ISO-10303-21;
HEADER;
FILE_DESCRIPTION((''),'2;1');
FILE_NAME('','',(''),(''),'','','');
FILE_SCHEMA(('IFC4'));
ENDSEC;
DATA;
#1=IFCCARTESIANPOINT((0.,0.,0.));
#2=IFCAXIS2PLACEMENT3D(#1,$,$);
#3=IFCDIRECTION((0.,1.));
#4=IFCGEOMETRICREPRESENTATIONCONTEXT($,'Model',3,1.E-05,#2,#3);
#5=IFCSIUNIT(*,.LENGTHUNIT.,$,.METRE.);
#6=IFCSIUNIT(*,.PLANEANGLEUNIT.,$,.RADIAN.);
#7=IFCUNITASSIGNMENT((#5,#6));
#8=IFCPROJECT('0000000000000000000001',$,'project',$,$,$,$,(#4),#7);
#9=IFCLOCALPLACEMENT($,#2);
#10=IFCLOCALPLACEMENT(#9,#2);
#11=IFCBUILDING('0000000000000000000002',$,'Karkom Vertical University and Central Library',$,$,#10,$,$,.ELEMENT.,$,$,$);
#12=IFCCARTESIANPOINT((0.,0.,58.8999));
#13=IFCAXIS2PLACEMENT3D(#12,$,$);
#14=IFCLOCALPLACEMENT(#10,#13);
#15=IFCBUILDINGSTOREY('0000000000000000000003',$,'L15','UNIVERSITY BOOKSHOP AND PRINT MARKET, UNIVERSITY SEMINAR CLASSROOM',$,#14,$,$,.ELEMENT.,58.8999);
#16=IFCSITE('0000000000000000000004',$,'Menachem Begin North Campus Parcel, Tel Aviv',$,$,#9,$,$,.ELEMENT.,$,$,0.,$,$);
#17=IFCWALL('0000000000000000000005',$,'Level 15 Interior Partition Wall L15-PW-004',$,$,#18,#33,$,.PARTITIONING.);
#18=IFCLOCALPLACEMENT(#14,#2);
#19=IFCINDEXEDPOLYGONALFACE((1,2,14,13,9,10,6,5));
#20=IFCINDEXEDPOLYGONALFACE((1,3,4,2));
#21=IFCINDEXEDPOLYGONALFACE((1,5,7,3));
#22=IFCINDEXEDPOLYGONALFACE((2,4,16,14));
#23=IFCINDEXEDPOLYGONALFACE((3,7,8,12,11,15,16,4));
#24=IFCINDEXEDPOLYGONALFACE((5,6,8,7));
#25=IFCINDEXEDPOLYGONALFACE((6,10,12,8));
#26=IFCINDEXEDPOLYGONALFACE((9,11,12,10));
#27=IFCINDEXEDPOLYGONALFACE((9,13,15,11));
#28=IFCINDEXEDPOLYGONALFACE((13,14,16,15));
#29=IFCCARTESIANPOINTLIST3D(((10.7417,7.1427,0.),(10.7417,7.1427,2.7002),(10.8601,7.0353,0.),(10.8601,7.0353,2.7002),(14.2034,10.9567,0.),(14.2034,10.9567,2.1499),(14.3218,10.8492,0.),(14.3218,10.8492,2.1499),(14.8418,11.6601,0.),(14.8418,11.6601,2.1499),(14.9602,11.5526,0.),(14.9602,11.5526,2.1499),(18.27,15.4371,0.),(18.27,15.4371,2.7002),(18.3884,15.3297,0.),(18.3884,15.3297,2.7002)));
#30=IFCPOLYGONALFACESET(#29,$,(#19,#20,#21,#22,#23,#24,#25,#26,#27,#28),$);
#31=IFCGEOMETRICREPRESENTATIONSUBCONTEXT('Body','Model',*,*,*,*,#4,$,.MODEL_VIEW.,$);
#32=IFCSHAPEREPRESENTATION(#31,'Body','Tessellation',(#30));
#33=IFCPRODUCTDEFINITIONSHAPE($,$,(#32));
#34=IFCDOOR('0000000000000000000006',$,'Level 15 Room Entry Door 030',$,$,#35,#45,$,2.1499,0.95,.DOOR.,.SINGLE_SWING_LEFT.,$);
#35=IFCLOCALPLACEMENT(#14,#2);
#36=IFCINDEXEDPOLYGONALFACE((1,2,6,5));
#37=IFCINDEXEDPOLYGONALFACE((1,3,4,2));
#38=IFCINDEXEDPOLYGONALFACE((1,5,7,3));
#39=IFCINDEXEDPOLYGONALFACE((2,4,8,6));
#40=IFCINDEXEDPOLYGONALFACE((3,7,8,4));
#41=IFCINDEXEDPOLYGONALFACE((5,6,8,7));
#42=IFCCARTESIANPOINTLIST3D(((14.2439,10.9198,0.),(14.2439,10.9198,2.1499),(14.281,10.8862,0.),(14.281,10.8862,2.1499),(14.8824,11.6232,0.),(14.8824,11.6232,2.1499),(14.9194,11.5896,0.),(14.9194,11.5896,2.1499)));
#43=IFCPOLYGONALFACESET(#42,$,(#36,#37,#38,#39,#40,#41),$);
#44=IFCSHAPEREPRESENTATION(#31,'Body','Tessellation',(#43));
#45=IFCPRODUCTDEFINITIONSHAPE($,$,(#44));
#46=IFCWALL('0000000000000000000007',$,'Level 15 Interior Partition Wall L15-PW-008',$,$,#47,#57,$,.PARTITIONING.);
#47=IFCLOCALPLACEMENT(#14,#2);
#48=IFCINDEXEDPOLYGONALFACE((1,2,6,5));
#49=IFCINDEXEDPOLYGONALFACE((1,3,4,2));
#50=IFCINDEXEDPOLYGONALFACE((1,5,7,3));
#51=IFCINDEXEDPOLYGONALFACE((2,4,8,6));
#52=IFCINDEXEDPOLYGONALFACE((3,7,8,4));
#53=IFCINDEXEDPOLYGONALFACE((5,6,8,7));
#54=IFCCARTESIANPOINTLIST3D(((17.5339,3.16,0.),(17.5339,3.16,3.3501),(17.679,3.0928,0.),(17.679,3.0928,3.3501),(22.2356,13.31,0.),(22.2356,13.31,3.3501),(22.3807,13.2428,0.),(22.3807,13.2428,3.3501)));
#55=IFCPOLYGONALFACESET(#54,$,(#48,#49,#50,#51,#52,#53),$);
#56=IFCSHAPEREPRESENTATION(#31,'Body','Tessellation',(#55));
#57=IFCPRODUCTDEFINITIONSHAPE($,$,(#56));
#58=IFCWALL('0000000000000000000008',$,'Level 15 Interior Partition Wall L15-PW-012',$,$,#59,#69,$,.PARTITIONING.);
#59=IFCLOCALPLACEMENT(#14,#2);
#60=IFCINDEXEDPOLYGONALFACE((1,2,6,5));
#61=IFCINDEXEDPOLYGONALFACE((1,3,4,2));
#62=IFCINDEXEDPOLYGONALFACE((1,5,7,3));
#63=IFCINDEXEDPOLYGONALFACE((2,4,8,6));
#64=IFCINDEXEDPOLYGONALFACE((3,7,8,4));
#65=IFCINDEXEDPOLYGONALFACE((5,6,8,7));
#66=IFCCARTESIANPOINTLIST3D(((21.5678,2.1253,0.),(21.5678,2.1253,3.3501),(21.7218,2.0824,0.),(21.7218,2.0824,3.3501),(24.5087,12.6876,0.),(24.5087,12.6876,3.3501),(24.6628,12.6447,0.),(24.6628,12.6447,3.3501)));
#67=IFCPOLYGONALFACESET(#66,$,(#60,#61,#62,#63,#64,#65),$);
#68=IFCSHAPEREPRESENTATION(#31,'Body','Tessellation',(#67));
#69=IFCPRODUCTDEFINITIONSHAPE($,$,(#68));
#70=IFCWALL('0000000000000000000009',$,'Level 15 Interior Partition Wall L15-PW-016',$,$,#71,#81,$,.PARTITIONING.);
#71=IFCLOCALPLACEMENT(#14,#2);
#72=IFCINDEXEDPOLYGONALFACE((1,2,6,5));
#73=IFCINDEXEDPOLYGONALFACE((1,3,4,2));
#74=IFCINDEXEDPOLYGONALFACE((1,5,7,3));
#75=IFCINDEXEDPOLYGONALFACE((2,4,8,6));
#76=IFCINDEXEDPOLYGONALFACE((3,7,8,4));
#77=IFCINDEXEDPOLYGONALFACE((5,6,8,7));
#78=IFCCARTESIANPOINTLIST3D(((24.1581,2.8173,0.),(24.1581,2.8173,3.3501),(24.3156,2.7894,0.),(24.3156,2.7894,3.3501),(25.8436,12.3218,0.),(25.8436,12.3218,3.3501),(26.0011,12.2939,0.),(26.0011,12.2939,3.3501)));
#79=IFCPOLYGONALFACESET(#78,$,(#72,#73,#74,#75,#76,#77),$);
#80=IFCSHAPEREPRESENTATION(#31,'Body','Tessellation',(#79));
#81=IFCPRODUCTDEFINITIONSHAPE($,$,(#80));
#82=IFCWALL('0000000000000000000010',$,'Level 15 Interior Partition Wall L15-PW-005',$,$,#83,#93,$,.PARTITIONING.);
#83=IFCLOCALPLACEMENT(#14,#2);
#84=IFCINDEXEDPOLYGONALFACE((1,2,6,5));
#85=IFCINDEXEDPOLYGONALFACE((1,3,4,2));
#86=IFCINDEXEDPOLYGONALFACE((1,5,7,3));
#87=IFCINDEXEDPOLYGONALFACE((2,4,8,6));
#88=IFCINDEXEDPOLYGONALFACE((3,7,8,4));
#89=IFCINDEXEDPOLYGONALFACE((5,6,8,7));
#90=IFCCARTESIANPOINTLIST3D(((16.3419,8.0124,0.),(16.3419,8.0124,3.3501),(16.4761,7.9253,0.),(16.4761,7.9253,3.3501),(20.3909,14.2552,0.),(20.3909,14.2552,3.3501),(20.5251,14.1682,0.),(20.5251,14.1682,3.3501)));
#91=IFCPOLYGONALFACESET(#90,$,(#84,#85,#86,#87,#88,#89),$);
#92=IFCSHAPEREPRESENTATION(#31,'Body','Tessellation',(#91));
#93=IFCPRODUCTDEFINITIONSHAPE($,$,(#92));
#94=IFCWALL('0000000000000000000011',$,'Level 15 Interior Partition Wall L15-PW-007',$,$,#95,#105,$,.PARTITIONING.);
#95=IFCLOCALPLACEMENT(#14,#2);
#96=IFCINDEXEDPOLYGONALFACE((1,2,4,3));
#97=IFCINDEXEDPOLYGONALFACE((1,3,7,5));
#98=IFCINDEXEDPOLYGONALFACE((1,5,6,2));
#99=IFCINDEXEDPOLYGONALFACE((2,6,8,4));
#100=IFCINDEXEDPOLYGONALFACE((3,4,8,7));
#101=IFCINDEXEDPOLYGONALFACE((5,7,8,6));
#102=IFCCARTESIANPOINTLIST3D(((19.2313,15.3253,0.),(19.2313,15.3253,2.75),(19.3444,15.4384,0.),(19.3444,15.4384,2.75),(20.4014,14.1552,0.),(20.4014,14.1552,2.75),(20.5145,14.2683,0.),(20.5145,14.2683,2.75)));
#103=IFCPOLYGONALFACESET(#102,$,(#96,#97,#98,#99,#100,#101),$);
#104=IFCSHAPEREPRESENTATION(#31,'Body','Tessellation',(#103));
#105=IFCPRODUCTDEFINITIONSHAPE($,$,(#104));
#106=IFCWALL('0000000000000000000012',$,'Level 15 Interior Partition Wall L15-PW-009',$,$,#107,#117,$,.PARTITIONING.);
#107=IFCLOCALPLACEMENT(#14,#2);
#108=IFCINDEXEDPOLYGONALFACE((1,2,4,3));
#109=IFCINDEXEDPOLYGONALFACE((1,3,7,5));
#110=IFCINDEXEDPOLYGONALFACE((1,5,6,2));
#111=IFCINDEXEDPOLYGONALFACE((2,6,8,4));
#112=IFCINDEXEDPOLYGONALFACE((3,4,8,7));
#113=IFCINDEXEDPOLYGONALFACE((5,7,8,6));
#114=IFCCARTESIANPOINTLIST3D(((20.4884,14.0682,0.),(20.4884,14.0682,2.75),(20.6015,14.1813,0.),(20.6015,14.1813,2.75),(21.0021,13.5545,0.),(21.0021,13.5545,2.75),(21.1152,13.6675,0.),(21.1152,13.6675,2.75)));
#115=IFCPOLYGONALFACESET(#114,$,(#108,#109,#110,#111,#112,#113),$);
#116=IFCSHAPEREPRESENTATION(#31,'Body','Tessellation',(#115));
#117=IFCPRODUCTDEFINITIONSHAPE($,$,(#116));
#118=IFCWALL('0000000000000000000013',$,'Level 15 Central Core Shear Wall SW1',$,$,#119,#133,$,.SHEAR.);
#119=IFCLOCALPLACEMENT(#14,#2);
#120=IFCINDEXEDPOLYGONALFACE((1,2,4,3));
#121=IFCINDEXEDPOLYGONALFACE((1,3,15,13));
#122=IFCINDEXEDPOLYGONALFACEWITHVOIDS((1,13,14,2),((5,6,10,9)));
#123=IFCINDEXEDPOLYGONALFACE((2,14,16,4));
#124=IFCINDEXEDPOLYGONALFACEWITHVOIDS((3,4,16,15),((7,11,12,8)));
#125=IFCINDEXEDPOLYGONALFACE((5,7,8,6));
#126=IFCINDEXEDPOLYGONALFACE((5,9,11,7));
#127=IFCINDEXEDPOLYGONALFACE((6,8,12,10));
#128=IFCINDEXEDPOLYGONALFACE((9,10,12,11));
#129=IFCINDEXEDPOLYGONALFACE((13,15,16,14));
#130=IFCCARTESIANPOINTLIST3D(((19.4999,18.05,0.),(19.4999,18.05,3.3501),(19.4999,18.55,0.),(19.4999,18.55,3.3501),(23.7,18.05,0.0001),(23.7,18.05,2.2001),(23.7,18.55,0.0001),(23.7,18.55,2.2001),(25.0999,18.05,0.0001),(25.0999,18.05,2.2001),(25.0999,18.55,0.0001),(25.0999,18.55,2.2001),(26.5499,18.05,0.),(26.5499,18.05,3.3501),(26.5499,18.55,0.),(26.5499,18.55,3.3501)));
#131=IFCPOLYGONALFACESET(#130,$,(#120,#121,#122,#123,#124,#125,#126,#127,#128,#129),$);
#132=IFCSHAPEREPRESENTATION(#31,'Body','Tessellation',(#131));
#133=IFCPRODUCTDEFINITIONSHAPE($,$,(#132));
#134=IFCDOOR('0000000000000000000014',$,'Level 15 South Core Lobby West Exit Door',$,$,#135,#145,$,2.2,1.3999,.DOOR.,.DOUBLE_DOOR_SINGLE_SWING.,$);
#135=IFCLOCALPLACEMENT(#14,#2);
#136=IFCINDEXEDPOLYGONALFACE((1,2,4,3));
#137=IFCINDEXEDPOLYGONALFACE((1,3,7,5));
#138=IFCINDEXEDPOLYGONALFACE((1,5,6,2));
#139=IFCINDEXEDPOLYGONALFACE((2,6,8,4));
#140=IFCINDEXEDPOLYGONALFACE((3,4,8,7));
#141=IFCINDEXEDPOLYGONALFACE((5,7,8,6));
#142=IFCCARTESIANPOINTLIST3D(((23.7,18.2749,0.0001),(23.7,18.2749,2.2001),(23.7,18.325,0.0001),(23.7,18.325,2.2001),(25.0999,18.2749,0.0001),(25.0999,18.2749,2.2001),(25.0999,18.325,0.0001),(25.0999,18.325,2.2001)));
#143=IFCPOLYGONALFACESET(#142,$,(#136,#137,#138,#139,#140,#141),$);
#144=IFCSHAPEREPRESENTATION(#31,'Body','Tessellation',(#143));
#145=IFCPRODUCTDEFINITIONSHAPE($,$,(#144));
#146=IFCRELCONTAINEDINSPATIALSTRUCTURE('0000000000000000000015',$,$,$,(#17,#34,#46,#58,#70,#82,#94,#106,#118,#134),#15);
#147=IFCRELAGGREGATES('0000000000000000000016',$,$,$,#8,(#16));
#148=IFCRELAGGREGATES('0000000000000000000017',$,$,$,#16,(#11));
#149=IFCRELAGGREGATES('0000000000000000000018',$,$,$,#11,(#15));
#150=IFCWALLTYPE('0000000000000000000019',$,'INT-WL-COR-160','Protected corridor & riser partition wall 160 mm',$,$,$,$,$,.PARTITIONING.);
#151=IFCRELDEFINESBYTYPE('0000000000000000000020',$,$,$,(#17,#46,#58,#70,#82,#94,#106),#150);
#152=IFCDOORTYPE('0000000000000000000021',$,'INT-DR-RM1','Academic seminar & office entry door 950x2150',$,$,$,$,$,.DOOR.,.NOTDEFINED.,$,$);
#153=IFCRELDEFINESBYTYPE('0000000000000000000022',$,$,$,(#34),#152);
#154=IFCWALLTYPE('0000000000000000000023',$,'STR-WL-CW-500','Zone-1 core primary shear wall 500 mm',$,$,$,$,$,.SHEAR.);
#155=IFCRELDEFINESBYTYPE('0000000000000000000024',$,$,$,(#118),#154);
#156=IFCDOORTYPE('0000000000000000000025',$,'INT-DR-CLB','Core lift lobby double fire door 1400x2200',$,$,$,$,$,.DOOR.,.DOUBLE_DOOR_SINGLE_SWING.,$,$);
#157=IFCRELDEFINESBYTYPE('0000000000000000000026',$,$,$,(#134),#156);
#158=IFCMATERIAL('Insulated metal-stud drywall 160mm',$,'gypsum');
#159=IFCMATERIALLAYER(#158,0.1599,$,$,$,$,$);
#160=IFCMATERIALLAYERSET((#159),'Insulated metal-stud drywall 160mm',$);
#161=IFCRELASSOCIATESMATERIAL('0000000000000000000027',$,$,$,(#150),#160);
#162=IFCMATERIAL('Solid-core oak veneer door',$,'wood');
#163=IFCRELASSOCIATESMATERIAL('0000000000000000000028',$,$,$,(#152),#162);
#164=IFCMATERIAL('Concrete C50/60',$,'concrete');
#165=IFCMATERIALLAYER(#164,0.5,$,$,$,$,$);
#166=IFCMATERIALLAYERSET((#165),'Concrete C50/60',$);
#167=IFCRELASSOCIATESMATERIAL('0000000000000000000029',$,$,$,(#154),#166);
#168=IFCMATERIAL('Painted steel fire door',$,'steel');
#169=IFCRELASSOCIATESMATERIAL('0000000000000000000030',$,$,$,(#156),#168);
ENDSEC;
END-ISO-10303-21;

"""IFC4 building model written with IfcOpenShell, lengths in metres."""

from ifc_helpers import new_model, si_unit, direction, frame, frame_2d, origin, origin_with_axes, place, context, subcontext, project, spatial, rectangle, extrude, source, transform, mapped, material, layer, layer_set, type_object, element, fill, save


model = new_model("IFC4")

# Units and contexts
model_context = context("Model", 3, precision=1e-05, world=origin(), true_north=direction((0.0, 1.0)))
body_context = subcontext(model_context, "Body", "Model", "MODEL_VIEW")
ifc_project = project(units=[si_unit("LENGTHUNIT", "METRE"), si_unit("PLANEANGLEUNIT", "RADIAN")], contexts=[model_context])

# Site, building, storey
site_placement = place(None, origin())
site = spatial("IfcSite", under=ifc_project, at=site_placement, Name="Menachem Begin North Campus Parcel, Tel Aviv", CompositionType="ELEMENT", RefElevation=0.0)
building_placement = place(site_placement, origin())
building = spatial("IfcBuilding", under=site, at=building_placement, Name="Karkom Vertical University and Central Library", CompositionType="ELEMENT")
storey_placement = place(building_placement, frame((0.0, 0.0, 58.8999)))
storey = spatial("IfcBuildingStorey", under=building, at=storey_placement, Name="L15", Description="UNIVERSITY BOOKSHOP AND PRINT MARKET, UNIVERSITY SEMINAR CLASSROOM", CompositionType="ELEMENT", Elevation=58.8999)

# Shared definitions
ifc_material_1 = material(Name="Concrete C50/60", Category="concrete")

# Wall, opening, door
ifc_material_2 = material(Name="Insulated metal-stud drywall 160mm", Category="gypsum")
ifc_layer_1 = layer(ifc_material_2, 0.1599)
ifc_layer_set_1 = layer_set([ifc_layer_1], Name="Insulated metal-stud drywall 160mm")
wall_type_1 = type_object("IfcWallType", Name="INT-WL-COR-160", Description="Protected corridor & riser partition wall 160 mm", PredefinedType="PARTITIONING", material=ifc_layer_set_1)
wall_1_placement = place(storey_placement, frame((18.3291, 15.3833, 0.0), z_axis=(0.0, 0.0, 1.0), x_axis=(-0.672082, -0.740476, 0.0)))
wall_1 = element("IfcWall", 1, at=wall_1_placement, inside=storey, type_object=wall_type_1, Name="Level 15 Interior Partition Wall L15-PW-004", PredefinedType="PARTITIONING", context=body_context, shape_type="SweptSolid", body=[
    extrude(rectangle(XDim=11.2014, YDim=0.1599, at=frame_2d((5.6006, 0.0))), origin(), (0.0, 0.0, 1.0), 2.7002),
])
opening_1_placement = place(wall_1_placement, frame((5.1006, 0.0, 0.0)))
opening_1 = element("IfcOpeningElement", 2, at=opening_1_placement, cuts=wall_1, PredefinedType="OPENING", context=body_context, shape_type="SweptSolid", body=[
    extrude(rectangle(XDim=0.95, YDim=2.1499, at=frame_2d((0.4751, 1.075))), frame((0.0, 0.0898, 0.0), z_axis=(0.0, -1.0, 0.0), x_axis=(1.0, 0.0, 0.0)), (0.0, 0.0, 1.0), 0.1799),
])
ifc_material_3 = material(Name="Solid-core oak veneer door", Category="wood")
door_type_1 = type_object("IfcDoorType", Name="INT-DR-RM1", Description="Academic seminar & office entry door 950x2150", OperationType="NOTDEFINED", PredefinedType="DOOR", material=ifc_material_3)
shared_shape_1 = source(origin_with_axes(), body_context, "Body", "SweptSolid", [
    extrude(rectangle(XDim=0.95, YDim=2.1499, at=frame_2d((0.4751, 1.075))), frame((0.0, 0.0249, 0.0), z_axis=(0.0, -1.0, 0.0), x_axis=(1.0, 0.0, 0.0)), (0.0, 0.0, 1.0), 0.05),
])
door_1_placement = place(opening_1_placement, origin())
door_1 = element("IfcDoor", 3, at=door_1_placement, inside=storey, type_object=door_type_1, Name="Level 15 Room Entry Door 030", OperationType="SINGLE_SWING_LEFT", OverallHeight=2.1499, OverallWidth=0.95, PredefinedType="DOOR", context=body_context, shape_type="MappedRepresentation", body=[
    mapped(shared_shape_1, transform((0.0, 0.0, 0.0), scale=1.0)),
])
fill(opening_1, door_1)

# Walls
wall_2_placement = place(storey_placement, frame((22.3081, 13.2764, 0.0), z_axis=(0.0, 0.0, 1.0), x_axis=(-0.420317, -0.907377, 0.0)))
element("IfcWall", 4, at=wall_2_placement, inside=storey, type_object=wall_type_1, Name="Level 15 Interior Partition Wall L15-PW-008", PredefinedType="PARTITIONING", context=body_context, shape_type="SweptSolid", body=[
    extrude(rectangle(XDim=11.186, YDim=0.1599, at=frame_2d((5.593, 0.0))), origin(), (0.0, 0.0, 1.0), 3.3501),
])
wall_3_placement = place(storey_placement, frame((24.5857, 12.666, 0.0), z_axis=(0.0, 0.0, 1.0), x_axis=(-0.268233, -0.963354, 0.0)))
element("IfcWall", 5, at=wall_3_placement, inside=storey, type_object=wall_type_1, Name="Level 15 Interior Partition Wall L15-PW-012", PredefinedType="PARTITIONING", context=body_context, shape_type="SweptSolid", body=[
    extrude(rectangle(XDim=10.9641, YDim=0.1599, at=frame_2d((5.4819, 0.0))), origin(), (0.0, 0.0, 1.0), 3.3501),
])
wall_4_placement = place(storey_placement, frame((25.9224, 12.3079, 0.0), z_axis=(0.0, 0.0, 1.0), x_axis=(-0.174615, -0.984637, 0.0)))
element("IfcWall", 6, at=wall_4_placement, inside=storey, type_object=wall_type_1, Name="Level 15 Interior Partition Wall L15-PW-016", PredefinedType="PARTITIONING", context=body_context, shape_type="SweptSolid", body=[
    extrude(rectangle(XDim=9.6528, YDim=0.1599, at=frame_2d((4.8264, 0.0))), origin(), (0.0, 0.0, 1.0), 3.3501),
])
wall_5_placement = place(storey_placement, frame((20.458, 14.2117, 0.0), z_axis=(0.0, 0.0, 1.0), x_axis=(-0.544154, -0.838985, 0.0)))
element("IfcWall", 7, at=wall_5_placement, inside=storey, type_object=wall_type_1, Name="Level 15 Interior Partition Wall L15-PW-005", PredefinedType="PARTITIONING", context=body_context, shape_type="SweptSolid", body=[
    extrude(rectangle(XDim=7.4409, YDim=0.1599, at=frame_2d((3.7205, 0.0))), origin(), (0.0, 0.0, 1.0), 3.3501),
])
wall_6_placement = place(storey_placement, frame((19.2878, 15.3818, 0.0), z_axis=(0.0, 0.0, 1.0), x_axis=(0.707107, -0.707107, 0.0)))
element("IfcWall", 8, at=wall_6_placement, inside=storey, type_object=wall_type_1, Name="Level 15 Interior Partition Wall L15-PW-007", PredefinedType="PARTITIONING", context=body_context, shape_type="SweptSolid", body=[
    extrude(rectangle(XDim=1.6548, YDim=0.1599, at=frame_2d((0.8274, 0.0))), origin(), (0.0, 0.0, 1.0), 2.75),
])
wall_7_placement = place(storey_placement, frame((20.5449, 14.1248, 0.0), z_axis=(0.0, 0.0, 1.0), x_axis=(0.707107, -0.707107, 0.0)))
element("IfcWall", 9, at=wall_7_placement, inside=storey, type_object=wall_type_1, Name="Level 15 Interior Partition Wall L15-PW-009", PredefinedType="PARTITIONING", context=body_context, shape_type="SweptSolid", body=[
    extrude(rectangle(XDim=0.7266, YDim=0.1599, at=frame_2d((0.3633, 0.0))), origin(), (0.0, 0.0, 1.0), 2.75),
])

# Wall, opening, door
ifc_layer_2 = layer(ifc_material_1, 0.5)
ifc_layer_set_2 = layer_set([ifc_layer_2], Name="Concrete C50/60")
wall_type_2 = type_object("IfcWallType", Name="STR-WL-CW-500", Description="Zone-1 core primary shear wall 500 mm", PredefinedType="SHEAR", material=ifc_layer_set_2)
wall_8_placement = place(storey_placement, frame((19.5, 18.3, 0.0), z_axis=(0.0, 0.0, 1.0), x_axis=(1.0, 0.0, 0.0)))
wall_8 = element("IfcWall", 10, at=wall_8_placement, inside=storey, type_object=wall_type_2, Name="Level 15 Central Core Shear Wall SW1", PredefinedType="SHEAR", context=body_context, shape_type="SweptSolid", body=[
    extrude(rectangle(XDim=7.05, YDim=0.5, at=frame_2d((3.5249, 0.0))), origin(), (0.0, 0.0, 1.0), 3.3501),
])
opening_2_placement = place(wall_8_placement, frame((4.2, 0.0, 0.0)))
opening_2 = element("IfcOpeningElement", 11, at=opening_2_placement, cuts=wall_8, PredefinedType="OPENING", context=body_context, shape_type="SweptSolid", body=[
    extrude(rectangle(XDim=1.3999, YDim=2.2, at=frame_2d((0.7, 1.1001))), frame((0.0, 0.26, 0.0), z_axis=(0.0, -1.0, 0.0), x_axis=(1.0, 0.0, 0.0)), (0.0, 0.0, 1.0), 0.52),
])
ifc_material_4 = material(Name="Painted steel fire door", Category="steel")
door_type_2 = type_object("IfcDoorType", Name="INT-DR-CLB", Description="Core lift lobby double fire door 1400x2200", OperationType="DOUBLE_DOOR_SINGLE_SWING", PredefinedType="DOOR", material=ifc_material_4)
shared_shape_2 = source(origin_with_axes(), body_context, "Body", "SweptSolid", [
    extrude(rectangle(XDim=1.3999, YDim=2.2, at=frame_2d((0.7, 1.1001))), frame((0.0, 0.0249, 0.0), z_axis=(0.0, -1.0, 0.0), x_axis=(1.0, 0.0, 0.0)), (0.0, 0.0, 1.0), 0.05),
])
door_2_placement = place(opening_2_placement, origin())
door_2 = element("IfcDoor", 12, at=door_2_placement, inside=storey, type_object=door_type_2, Name="Level 15 South Core Lobby West Exit Door", OperationType="DOUBLE_DOOR_SINGLE_SWING", OverallHeight=2.2, OverallWidth=1.3999, PredefinedType="DOOR", context=body_context, shape_type="MappedRepresentation", body=[
    mapped(shared_shape_2, transform((0.0, 0.0, 0.0), scale=1.0)),
])
fill(opening_2, door_2)

save(model, "model.ifc")
